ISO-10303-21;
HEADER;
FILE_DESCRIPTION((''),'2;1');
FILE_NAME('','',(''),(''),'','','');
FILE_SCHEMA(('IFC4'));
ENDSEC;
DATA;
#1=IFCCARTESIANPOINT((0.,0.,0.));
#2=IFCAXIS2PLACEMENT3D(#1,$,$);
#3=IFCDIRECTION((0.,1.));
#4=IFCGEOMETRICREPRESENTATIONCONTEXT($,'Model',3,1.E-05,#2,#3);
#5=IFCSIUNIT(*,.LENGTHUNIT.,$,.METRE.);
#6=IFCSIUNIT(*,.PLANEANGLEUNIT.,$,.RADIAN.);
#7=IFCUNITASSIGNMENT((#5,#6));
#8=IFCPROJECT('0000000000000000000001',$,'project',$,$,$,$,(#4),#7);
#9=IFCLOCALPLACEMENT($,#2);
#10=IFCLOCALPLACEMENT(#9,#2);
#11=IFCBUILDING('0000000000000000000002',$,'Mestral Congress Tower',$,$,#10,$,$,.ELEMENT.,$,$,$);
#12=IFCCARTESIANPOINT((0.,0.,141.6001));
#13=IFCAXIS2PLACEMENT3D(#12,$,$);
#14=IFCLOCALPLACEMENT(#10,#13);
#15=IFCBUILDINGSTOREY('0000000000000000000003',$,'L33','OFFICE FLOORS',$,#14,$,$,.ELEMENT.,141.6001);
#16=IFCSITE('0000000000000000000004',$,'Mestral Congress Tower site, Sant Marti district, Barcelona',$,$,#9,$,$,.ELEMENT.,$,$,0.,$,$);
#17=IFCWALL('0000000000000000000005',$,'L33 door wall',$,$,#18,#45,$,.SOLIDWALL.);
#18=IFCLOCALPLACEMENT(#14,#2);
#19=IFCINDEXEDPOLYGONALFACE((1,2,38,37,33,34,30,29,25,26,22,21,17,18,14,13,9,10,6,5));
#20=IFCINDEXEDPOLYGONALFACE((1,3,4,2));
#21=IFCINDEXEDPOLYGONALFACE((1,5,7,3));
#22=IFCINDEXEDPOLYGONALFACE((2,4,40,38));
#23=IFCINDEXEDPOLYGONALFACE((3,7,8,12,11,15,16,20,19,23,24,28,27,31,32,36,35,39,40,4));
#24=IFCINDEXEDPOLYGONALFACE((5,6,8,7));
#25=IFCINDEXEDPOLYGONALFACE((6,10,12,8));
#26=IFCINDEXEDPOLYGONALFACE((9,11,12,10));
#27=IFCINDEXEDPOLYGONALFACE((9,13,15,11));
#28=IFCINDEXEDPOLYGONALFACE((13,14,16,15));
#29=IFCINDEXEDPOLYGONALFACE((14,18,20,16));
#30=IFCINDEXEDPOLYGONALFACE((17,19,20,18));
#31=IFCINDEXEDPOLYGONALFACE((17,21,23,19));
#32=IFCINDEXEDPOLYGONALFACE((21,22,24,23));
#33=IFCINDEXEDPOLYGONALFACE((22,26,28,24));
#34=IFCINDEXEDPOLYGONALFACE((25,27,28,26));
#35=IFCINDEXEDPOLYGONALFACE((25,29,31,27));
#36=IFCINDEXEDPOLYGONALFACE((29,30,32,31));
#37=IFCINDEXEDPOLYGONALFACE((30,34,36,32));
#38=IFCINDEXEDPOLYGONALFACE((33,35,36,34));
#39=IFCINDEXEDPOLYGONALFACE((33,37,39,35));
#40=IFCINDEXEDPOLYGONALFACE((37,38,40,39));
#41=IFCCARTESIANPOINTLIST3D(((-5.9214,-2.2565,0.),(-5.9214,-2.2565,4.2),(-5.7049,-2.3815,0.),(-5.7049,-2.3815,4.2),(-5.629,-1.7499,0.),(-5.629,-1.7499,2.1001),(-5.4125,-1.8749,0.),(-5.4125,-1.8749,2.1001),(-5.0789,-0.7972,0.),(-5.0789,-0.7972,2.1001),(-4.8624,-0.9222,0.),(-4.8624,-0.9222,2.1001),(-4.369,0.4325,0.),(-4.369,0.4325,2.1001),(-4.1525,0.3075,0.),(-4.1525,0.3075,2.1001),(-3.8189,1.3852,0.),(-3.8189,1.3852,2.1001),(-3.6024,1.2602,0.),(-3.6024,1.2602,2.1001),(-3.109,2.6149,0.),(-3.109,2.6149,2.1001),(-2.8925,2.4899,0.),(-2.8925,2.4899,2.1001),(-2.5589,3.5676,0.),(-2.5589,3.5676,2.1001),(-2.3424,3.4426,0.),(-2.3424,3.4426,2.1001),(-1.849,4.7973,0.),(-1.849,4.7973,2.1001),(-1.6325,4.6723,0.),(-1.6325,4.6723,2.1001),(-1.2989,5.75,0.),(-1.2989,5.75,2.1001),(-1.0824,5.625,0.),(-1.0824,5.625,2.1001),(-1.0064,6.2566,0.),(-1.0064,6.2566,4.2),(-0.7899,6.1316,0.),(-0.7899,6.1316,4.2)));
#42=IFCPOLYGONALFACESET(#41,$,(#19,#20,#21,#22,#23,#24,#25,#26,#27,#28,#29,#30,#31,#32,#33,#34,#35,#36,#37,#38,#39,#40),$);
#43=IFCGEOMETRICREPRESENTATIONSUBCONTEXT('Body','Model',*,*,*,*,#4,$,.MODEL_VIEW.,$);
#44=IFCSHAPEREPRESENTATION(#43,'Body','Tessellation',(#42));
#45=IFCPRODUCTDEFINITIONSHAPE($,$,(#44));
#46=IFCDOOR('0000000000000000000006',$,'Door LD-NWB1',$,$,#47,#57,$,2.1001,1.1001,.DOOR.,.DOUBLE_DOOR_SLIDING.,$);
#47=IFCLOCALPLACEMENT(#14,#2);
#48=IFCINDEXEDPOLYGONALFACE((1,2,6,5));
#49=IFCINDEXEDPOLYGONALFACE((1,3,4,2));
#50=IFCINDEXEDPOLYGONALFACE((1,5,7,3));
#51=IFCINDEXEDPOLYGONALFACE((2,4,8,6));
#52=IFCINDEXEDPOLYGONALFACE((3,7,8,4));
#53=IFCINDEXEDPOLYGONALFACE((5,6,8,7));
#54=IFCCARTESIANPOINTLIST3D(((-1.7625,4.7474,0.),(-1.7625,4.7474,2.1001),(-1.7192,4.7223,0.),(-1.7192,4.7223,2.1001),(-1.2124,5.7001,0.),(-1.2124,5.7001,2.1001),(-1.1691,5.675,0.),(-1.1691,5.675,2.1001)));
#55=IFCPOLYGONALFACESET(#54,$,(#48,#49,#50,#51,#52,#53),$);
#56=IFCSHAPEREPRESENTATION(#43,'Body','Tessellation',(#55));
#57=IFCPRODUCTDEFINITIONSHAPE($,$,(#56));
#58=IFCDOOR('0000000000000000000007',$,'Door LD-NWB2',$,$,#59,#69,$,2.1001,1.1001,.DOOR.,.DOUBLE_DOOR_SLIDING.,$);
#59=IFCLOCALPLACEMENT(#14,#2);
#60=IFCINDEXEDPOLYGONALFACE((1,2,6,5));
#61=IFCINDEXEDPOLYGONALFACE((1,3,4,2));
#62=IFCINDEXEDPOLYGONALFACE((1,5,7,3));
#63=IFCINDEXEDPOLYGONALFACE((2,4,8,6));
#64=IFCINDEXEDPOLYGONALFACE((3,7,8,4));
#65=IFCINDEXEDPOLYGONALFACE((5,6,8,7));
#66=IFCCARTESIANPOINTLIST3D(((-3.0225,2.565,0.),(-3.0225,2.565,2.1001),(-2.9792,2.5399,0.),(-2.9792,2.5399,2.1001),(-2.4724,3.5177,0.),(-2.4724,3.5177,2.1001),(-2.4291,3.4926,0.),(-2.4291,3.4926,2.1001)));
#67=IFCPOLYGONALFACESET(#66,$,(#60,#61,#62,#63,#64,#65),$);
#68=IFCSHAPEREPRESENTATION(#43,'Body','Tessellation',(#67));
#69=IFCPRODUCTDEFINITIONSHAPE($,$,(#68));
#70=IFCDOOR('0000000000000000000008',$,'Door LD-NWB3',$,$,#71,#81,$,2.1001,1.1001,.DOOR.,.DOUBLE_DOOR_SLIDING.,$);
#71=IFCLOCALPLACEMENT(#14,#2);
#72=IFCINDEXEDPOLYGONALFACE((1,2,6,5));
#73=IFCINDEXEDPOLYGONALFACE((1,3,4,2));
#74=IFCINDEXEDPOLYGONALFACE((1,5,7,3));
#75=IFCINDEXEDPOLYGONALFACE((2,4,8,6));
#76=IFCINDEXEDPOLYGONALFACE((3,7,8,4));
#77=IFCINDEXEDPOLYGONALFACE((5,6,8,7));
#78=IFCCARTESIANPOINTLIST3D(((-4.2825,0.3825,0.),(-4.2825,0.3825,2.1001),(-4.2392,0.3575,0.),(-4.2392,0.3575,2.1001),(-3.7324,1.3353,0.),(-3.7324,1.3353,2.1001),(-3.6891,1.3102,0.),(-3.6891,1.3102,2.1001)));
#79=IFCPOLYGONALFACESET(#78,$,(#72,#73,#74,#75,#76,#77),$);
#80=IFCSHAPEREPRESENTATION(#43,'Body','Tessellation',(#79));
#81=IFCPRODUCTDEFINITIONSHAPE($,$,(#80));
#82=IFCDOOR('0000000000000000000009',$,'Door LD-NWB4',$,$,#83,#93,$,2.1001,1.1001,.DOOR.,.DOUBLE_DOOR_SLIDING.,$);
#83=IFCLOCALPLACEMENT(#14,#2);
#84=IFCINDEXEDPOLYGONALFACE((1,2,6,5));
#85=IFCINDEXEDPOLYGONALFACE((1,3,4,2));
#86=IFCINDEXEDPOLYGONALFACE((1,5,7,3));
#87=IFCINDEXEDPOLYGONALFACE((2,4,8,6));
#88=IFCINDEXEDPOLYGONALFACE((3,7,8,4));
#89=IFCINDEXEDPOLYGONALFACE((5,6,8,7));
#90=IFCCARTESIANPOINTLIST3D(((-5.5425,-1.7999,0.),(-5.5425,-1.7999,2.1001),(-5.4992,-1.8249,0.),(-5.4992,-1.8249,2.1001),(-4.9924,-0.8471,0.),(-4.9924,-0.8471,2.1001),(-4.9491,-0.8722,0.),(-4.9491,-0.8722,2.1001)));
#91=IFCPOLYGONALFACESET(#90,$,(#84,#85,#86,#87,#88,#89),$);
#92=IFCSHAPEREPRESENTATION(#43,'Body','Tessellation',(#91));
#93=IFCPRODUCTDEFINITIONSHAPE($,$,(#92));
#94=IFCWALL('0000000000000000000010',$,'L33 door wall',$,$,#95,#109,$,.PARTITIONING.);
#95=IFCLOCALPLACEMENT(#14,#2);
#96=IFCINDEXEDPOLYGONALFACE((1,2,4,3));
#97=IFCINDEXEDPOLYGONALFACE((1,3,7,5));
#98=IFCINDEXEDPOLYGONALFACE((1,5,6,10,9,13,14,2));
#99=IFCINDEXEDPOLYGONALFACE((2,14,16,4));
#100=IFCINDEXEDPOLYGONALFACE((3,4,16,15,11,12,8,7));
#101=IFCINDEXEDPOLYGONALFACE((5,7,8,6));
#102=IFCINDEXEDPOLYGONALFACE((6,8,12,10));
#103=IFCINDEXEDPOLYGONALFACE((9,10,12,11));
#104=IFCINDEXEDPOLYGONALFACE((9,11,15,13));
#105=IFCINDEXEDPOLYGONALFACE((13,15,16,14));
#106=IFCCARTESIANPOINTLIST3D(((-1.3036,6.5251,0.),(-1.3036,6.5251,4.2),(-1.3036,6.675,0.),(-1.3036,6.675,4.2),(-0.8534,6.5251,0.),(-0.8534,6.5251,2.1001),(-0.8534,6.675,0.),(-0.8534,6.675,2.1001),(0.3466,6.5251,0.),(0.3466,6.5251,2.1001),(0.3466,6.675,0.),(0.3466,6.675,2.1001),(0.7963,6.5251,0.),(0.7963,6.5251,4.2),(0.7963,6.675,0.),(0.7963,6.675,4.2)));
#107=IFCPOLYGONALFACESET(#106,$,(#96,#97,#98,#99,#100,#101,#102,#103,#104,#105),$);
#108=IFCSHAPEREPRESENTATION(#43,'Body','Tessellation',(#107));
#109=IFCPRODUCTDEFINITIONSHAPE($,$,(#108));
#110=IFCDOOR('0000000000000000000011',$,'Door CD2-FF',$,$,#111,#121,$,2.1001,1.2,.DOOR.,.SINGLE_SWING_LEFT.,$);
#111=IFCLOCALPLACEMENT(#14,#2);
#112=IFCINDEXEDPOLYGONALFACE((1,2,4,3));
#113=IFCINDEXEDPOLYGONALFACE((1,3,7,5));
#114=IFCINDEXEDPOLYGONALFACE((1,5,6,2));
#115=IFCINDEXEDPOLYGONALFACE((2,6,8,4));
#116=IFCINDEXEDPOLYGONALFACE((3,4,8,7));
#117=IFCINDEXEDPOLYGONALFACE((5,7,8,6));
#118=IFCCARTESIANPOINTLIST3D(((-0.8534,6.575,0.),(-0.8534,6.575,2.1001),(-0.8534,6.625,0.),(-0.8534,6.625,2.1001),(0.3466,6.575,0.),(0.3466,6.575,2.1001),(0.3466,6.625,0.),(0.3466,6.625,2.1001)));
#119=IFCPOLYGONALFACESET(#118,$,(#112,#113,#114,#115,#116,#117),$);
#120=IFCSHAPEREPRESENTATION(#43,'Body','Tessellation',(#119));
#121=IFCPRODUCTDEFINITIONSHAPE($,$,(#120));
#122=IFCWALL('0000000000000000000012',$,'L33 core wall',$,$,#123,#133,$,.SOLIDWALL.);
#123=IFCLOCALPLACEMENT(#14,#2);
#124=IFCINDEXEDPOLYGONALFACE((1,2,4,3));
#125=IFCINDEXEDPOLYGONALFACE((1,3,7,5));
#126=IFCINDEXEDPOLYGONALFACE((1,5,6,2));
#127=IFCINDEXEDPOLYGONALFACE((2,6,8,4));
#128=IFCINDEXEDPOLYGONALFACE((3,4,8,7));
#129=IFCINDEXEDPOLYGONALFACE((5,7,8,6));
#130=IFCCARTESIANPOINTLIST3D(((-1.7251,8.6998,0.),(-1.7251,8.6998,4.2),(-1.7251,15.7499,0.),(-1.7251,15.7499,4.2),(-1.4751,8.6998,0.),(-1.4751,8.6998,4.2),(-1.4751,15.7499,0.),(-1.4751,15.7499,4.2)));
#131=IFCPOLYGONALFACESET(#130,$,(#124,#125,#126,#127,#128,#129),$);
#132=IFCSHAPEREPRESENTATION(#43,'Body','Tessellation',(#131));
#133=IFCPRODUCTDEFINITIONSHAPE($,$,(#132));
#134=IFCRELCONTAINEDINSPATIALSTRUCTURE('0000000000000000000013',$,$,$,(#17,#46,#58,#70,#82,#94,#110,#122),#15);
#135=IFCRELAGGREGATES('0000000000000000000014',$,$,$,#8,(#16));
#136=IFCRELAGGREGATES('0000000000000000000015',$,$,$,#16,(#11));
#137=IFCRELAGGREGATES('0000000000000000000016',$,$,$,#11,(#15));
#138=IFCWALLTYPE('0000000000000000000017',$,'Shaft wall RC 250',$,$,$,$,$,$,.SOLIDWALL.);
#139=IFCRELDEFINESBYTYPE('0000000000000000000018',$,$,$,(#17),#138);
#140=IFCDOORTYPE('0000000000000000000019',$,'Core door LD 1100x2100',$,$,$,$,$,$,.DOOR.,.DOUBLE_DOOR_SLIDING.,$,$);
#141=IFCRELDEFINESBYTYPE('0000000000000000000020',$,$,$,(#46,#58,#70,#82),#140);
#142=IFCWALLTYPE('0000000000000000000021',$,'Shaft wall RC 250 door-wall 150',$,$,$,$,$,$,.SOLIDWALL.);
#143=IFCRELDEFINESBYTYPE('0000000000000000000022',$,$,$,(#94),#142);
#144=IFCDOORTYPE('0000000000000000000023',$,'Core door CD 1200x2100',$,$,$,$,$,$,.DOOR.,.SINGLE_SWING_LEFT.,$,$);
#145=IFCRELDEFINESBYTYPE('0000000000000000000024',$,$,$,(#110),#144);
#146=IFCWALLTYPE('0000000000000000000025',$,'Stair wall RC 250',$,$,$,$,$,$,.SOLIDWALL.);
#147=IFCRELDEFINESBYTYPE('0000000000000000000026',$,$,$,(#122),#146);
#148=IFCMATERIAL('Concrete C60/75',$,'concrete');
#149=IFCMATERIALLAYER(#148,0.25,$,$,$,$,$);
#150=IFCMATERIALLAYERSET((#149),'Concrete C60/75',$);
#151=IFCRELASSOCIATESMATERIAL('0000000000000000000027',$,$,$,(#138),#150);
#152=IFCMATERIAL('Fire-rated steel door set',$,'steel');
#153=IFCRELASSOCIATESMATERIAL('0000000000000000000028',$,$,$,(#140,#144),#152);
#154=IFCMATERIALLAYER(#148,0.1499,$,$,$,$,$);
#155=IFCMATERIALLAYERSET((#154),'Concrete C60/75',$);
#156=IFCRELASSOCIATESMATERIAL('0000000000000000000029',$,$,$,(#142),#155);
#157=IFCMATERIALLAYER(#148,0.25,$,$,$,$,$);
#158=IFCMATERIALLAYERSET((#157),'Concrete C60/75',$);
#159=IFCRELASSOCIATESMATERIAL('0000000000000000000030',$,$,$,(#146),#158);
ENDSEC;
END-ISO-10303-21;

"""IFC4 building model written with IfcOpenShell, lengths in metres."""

from ifc_helpers import new_model, si_unit, direction, frame, frame_2d, origin, place, context, subcontext, project, spatial, rectangle, extrude, material, layer, layer_set, type_object, element, fill, save


model = new_model("IFC4")

# Units and contexts
model_context = context("Model", 3, precision=1e-05, world=origin(), true_north=direction((0.0, 1.0)))
body_context = subcontext(model_context, "Body", "Model", "MODEL_VIEW")
ifc_project = project(units=[si_unit("LENGTHUNIT", "METRE"), si_unit("PLANEANGLEUNIT", "RADIAN")], contexts=[model_context])

# Site, building, storey
site_placement = place(None, origin())
site = spatial("IfcSite", under=ifc_project, at=site_placement, Name="Mestral Congress Tower site, Sant Marti district, Barcelona", CompositionType="ELEMENT", RefElevation=0.0)
building_placement = place(site_placement, origin())
building = spatial("IfcBuilding", under=site, at=building_placement, Name="Mestral Congress Tower", CompositionType="ELEMENT")
storey_placement = place(building_placement, frame((0.0, 0.0, 141.6001)))
storey = spatial("IfcBuildingStorey", under=building, at=storey_placement, Name="L33", Description="OFFICE FLOORS", CompositionType="ELEMENT", Elevation=141.6001)

# Shared definitions
ifc_material_1 = material(Name="Concrete C60/75", Category="concrete")

# Shared definitions
ifc_material_2 = material(Name="Fire-rated steel door set", Category="steel")

# Shared definitions
ifc_layer_1 = layer(ifc_material_1, 0.25)
ifc_layer_set_1 = layer_set([ifc_layer_1], Name="Concrete C60/75")
wall_type_1 = type_object("IfcWallType", Name="Shaft wall RC 250", PredefinedType="SOLIDWALL", material=ifc_layer_set_1)

# Wall, openings, doors
wall_1_placement = place(storey_placement, frame((-0.8982, 6.1941, 0.0), z_axis=(0.0, 0.0, 1.0), x_axis=(-0.499996, -0.866028, 0.0)))
wall_1 = element("IfcWall", 1, at=wall_1_placement, inside=storey, type_object=wall_type_1, Name="L33 door wall", PredefinedType="SOLIDWALL", context=body_context, shape_type="SweptSolid", body=[
    extrude(rectangle(XDim=9.8301, YDim=0.25, at=frame_2d((4.915, 0.0))), origin(), (0.0, 0.0, 1.0), 4.2),
])
opening_1_placement = place(wall_1_placement, frame((0.585, 0.0, 0.0)))
opening_1 = element("IfcOpeningElement", 2, at=opening_1_placement, cuts=wall_1, PredefinedType="OPENING", context=body_context, shape_type="SweptSolid", body=[
    extrude(rectangle(XDim=1.1001, YDim=2.1001, at=frame_2d((0.55, 1.05))), frame((0.0, 0.135, 0.0), z_axis=(0.0, -1.0, 0.0), x_axis=(1.0, 0.0, 0.0)), (0.0, 0.0, 1.0), 0.27),
])
opening_2_placement = place(wall_1_placement, frame((3.105, 0.0, 0.0)))
opening_2 = element("IfcOpeningElement", 3, at=opening_2_placement, cuts=wall_1, PredefinedType="OPENING", context=body_context, shape_type="SweptSolid", body=[
    extrude(rectangle(XDim=1.1001, YDim=2.1001, at=frame_2d((0.55, 1.05))), frame((0.0, 0.135, 0.0), z_axis=(0.0, -1.0, 0.0), x_axis=(1.0, 0.0, 0.0)), (0.0, 0.0, 1.0), 0.27),
])
opening_3_placement = place(wall_1_placement, frame((5.625, 0.0, 0.0)))
opening_3 = element("IfcOpeningElement", 4, at=opening_3_placement, cuts=wall_1, PredefinedType="OPENING", context=body_context, shape_type="SweptSolid", body=[
    extrude(rectangle(XDim=1.1001, YDim=2.1001, at=frame_2d((0.55, 1.05))), frame((0.0, 0.135, 0.0), z_axis=(0.0, -1.0, 0.0), x_axis=(1.0, 0.0, 0.0)), (0.0, 0.0, 1.0), 0.27),
])
opening_4_placement = place(wall_1_placement, frame((8.145, 0.0, 0.0)))
opening_4 = element("IfcOpeningElement", 5, at=opening_4_placement, cuts=wall_1, PredefinedType="OPENING", context=body_context, shape_type="SweptSolid", body=[
    extrude(rectangle(XDim=1.1001, YDim=2.1001, at=frame_2d((0.55, 1.05))), frame((0.0, 0.135, 0.0), z_axis=(0.0, -1.0, 0.0), x_axis=(1.0, 0.0, 0.0)), (0.0, 0.0, 1.0), 0.27),
])
door_type_1 = type_object("IfcDoorType", Name="Core door LD 1100x2100", OperationType="DOUBLE_DOOR_SLIDING", PredefinedType="DOOR", material=ifc_material_2)
door_1_placement = place(opening_1_placement, origin())
door_1 = element("IfcDoor", 6, at=door_1_placement, inside=storey, type_object=door_type_1, Name="Door LD-NWB1", OperationType="DOUBLE_DOOR_SLIDING", OverallHeight=2.1001, OverallWidth=1.1001, PredefinedType="DOOR", context=body_context, shape_type="SweptSolid", body=[
    extrude(rectangle(XDim=1.1001, YDim=2.1001, at=frame_2d((0.55, 1.05))), frame((0.0, 0.0249, 0.0), z_axis=(0.0, -1.0, 0.0), x_axis=(1.0, 0.0, 0.0)), (0.0, 0.0, 1.0), 0.05),
])
fill(opening_1, door_1)
door_2_placement = place(opening_2_placement, origin())
door_2 = element("IfcDoor", 7, at=door_2_placement, inside=storey, type_object=door_type_1, Name="Door LD-NWB2", OperationType="DOUBLE_DOOR_SLIDING", OverallHeight=2.1001, OverallWidth=1.1001, PredefinedType="DOOR", context=body_context, shape_type="SweptSolid", body=[
    extrude(rectangle(XDim=1.1001, YDim=2.1001, at=frame_2d((0.55, 1.05))), frame((0.0, 0.0249, 0.0), z_axis=(0.0, -1.0, 0.0), x_axis=(1.0, 0.0, 0.0)), (0.0, 0.0, 1.0), 0.05),
])
fill(opening_2, door_2)
door_3_placement = place(opening_3_placement, origin())
door_3 = element("IfcDoor", 8, at=door_3_placement, inside=storey, type_object=door_type_1, Name="Door LD-NWB3", OperationType="DOUBLE_DOOR_SLIDING", OverallHeight=2.1001, OverallWidth=1.1001, PredefinedType="DOOR", context=body_context, shape_type="SweptSolid", body=[
    extrude(rectangle(XDim=1.1001, YDim=2.1001, at=frame_2d((0.55, 1.05))), frame((0.0, 0.0249, 0.0), z_axis=(0.0, -1.0, 0.0), x_axis=(1.0, 0.0, 0.0)), (0.0, 0.0, 1.0), 0.05),
])
fill(opening_3, door_3)
door_4_placement = place(opening_4_placement, origin())
door_4 = element("IfcDoor", 9, at=door_4_placement, inside=storey, type_object=door_type_1, Name="Door LD-NWB4", OperationType="DOUBLE_DOOR_SLIDING", OverallHeight=2.1001, OverallWidth=1.1001, PredefinedType="DOOR", context=body_context, shape_type="SweptSolid", body=[
    extrude(rectangle(XDim=1.1001, YDim=2.1001, at=frame_2d((0.55, 1.05))), frame((0.0, 0.0249, 0.0), z_axis=(0.0, -1.0, 0.0), x_axis=(1.0, 0.0, 0.0)), (0.0, 0.0, 1.0), 0.05),
])
fill(opening_4, door_4)

# Wall, opening, door
ifc_layer_2 = layer(ifc_material_1, 0.1499)
ifc_layer_set_2 = layer_set([ifc_layer_2], Name="Concrete C60/75")
wall_type_2 = type_object("IfcWallType", Name="Shaft wall RC 250 door-wall 150", PredefinedType="SOLIDWALL", material=ifc_layer_set_2)
wall_2_placement = place(storey_placement, frame((-1.3035, 6.6001, 0.0), z_axis=(0.0, 0.0, 1.0), x_axis=(1.0, 0.0, 0.0)))
wall_2 = element("IfcWall", 10, at=wall_2_placement, inside=storey, type_object=wall_type_2, Name="L33 door wall", PredefinedType="PARTITIONING", context=body_context, shape_type="SweptSolid", body=[
    extrude(rectangle(XDim=2.0999, YDim=0.1499, at=frame_2d((1.0498, 0.0))), origin(), (0.0, 0.0, 1.0), 4.2),
])
opening_5_placement = place(wall_2_placement, frame((0.45, 0.0, 0.0)))
opening_5 = element("IfcOpeningElement", 11, at=opening_5_placement, cuts=wall_2, PredefinedType="OPENING", context=body_context, shape_type="SweptSolid", body=[
    extrude(rectangle(XDim=1.2, YDim=2.1001, at=frame_2d((0.6001, 1.05))), frame((0.0, 0.085, 0.0), z_axis=(0.0, -1.0, 0.0), x_axis=(1.0, 0.0, 0.0)), (0.0, 0.0, 1.0), 0.1699),
])
door_type_2 = type_object("IfcDoorType", Name="Core door CD 1200x2100", OperationType="SINGLE_SWING_LEFT", PredefinedType="DOOR", material=ifc_material_2)
door_5_placement = place(opening_5_placement, origin())
door_5 = element("IfcDoor", 12, at=door_5_placement, inside=storey, type_object=door_type_2, Name="Door CD2-FF", OperationType="SINGLE_SWING_LEFT", OverallHeight=2.1001, OverallWidth=1.2, PredefinedType="DOOR", context=body_context, shape_type="SweptSolid", body=[
    extrude(rectangle(XDim=1.2, YDim=2.1001, at=frame_2d((0.6001, 1.05))), frame((0.0, 0.0249, 0.0), z_axis=(0.0, -1.0, 0.0), x_axis=(1.0, 0.0, 0.0)), (0.0, 0.0, 1.0), 0.05),
])
fill(opening_5, door_5)

# Wall
ifc_layer_3 = layer(ifc_material_1, 0.25)
ifc_layer_set_3 = layer_set([ifc_layer_3], Name="Concrete C60/75")
wall_type_3 = type_object("IfcWallType", Name="Stair wall RC 250", PredefinedType="SOLIDWALL", material=ifc_layer_set_3)
wall_3_placement = place(storey_placement, frame((-1.6001, 8.7, 0.0), z_axis=(0.0, 0.0, 1.0), x_axis=(0.0, 1.0, 0.0)))
element("IfcWall", 13, at=wall_3_placement, inside=storey, type_object=wall_type_3, Name="L33 core wall", PredefinedType="SOLIDWALL", context=body_context, shape_type="SweptSolid", body=[
    extrude(rectangle(XDim=7.05, YDim=0.25, at=frame_2d((3.5249, 0.0))), origin(), (0.0, 0.0, 1.0), 4.2),
])

save(model, "model.ifc")
